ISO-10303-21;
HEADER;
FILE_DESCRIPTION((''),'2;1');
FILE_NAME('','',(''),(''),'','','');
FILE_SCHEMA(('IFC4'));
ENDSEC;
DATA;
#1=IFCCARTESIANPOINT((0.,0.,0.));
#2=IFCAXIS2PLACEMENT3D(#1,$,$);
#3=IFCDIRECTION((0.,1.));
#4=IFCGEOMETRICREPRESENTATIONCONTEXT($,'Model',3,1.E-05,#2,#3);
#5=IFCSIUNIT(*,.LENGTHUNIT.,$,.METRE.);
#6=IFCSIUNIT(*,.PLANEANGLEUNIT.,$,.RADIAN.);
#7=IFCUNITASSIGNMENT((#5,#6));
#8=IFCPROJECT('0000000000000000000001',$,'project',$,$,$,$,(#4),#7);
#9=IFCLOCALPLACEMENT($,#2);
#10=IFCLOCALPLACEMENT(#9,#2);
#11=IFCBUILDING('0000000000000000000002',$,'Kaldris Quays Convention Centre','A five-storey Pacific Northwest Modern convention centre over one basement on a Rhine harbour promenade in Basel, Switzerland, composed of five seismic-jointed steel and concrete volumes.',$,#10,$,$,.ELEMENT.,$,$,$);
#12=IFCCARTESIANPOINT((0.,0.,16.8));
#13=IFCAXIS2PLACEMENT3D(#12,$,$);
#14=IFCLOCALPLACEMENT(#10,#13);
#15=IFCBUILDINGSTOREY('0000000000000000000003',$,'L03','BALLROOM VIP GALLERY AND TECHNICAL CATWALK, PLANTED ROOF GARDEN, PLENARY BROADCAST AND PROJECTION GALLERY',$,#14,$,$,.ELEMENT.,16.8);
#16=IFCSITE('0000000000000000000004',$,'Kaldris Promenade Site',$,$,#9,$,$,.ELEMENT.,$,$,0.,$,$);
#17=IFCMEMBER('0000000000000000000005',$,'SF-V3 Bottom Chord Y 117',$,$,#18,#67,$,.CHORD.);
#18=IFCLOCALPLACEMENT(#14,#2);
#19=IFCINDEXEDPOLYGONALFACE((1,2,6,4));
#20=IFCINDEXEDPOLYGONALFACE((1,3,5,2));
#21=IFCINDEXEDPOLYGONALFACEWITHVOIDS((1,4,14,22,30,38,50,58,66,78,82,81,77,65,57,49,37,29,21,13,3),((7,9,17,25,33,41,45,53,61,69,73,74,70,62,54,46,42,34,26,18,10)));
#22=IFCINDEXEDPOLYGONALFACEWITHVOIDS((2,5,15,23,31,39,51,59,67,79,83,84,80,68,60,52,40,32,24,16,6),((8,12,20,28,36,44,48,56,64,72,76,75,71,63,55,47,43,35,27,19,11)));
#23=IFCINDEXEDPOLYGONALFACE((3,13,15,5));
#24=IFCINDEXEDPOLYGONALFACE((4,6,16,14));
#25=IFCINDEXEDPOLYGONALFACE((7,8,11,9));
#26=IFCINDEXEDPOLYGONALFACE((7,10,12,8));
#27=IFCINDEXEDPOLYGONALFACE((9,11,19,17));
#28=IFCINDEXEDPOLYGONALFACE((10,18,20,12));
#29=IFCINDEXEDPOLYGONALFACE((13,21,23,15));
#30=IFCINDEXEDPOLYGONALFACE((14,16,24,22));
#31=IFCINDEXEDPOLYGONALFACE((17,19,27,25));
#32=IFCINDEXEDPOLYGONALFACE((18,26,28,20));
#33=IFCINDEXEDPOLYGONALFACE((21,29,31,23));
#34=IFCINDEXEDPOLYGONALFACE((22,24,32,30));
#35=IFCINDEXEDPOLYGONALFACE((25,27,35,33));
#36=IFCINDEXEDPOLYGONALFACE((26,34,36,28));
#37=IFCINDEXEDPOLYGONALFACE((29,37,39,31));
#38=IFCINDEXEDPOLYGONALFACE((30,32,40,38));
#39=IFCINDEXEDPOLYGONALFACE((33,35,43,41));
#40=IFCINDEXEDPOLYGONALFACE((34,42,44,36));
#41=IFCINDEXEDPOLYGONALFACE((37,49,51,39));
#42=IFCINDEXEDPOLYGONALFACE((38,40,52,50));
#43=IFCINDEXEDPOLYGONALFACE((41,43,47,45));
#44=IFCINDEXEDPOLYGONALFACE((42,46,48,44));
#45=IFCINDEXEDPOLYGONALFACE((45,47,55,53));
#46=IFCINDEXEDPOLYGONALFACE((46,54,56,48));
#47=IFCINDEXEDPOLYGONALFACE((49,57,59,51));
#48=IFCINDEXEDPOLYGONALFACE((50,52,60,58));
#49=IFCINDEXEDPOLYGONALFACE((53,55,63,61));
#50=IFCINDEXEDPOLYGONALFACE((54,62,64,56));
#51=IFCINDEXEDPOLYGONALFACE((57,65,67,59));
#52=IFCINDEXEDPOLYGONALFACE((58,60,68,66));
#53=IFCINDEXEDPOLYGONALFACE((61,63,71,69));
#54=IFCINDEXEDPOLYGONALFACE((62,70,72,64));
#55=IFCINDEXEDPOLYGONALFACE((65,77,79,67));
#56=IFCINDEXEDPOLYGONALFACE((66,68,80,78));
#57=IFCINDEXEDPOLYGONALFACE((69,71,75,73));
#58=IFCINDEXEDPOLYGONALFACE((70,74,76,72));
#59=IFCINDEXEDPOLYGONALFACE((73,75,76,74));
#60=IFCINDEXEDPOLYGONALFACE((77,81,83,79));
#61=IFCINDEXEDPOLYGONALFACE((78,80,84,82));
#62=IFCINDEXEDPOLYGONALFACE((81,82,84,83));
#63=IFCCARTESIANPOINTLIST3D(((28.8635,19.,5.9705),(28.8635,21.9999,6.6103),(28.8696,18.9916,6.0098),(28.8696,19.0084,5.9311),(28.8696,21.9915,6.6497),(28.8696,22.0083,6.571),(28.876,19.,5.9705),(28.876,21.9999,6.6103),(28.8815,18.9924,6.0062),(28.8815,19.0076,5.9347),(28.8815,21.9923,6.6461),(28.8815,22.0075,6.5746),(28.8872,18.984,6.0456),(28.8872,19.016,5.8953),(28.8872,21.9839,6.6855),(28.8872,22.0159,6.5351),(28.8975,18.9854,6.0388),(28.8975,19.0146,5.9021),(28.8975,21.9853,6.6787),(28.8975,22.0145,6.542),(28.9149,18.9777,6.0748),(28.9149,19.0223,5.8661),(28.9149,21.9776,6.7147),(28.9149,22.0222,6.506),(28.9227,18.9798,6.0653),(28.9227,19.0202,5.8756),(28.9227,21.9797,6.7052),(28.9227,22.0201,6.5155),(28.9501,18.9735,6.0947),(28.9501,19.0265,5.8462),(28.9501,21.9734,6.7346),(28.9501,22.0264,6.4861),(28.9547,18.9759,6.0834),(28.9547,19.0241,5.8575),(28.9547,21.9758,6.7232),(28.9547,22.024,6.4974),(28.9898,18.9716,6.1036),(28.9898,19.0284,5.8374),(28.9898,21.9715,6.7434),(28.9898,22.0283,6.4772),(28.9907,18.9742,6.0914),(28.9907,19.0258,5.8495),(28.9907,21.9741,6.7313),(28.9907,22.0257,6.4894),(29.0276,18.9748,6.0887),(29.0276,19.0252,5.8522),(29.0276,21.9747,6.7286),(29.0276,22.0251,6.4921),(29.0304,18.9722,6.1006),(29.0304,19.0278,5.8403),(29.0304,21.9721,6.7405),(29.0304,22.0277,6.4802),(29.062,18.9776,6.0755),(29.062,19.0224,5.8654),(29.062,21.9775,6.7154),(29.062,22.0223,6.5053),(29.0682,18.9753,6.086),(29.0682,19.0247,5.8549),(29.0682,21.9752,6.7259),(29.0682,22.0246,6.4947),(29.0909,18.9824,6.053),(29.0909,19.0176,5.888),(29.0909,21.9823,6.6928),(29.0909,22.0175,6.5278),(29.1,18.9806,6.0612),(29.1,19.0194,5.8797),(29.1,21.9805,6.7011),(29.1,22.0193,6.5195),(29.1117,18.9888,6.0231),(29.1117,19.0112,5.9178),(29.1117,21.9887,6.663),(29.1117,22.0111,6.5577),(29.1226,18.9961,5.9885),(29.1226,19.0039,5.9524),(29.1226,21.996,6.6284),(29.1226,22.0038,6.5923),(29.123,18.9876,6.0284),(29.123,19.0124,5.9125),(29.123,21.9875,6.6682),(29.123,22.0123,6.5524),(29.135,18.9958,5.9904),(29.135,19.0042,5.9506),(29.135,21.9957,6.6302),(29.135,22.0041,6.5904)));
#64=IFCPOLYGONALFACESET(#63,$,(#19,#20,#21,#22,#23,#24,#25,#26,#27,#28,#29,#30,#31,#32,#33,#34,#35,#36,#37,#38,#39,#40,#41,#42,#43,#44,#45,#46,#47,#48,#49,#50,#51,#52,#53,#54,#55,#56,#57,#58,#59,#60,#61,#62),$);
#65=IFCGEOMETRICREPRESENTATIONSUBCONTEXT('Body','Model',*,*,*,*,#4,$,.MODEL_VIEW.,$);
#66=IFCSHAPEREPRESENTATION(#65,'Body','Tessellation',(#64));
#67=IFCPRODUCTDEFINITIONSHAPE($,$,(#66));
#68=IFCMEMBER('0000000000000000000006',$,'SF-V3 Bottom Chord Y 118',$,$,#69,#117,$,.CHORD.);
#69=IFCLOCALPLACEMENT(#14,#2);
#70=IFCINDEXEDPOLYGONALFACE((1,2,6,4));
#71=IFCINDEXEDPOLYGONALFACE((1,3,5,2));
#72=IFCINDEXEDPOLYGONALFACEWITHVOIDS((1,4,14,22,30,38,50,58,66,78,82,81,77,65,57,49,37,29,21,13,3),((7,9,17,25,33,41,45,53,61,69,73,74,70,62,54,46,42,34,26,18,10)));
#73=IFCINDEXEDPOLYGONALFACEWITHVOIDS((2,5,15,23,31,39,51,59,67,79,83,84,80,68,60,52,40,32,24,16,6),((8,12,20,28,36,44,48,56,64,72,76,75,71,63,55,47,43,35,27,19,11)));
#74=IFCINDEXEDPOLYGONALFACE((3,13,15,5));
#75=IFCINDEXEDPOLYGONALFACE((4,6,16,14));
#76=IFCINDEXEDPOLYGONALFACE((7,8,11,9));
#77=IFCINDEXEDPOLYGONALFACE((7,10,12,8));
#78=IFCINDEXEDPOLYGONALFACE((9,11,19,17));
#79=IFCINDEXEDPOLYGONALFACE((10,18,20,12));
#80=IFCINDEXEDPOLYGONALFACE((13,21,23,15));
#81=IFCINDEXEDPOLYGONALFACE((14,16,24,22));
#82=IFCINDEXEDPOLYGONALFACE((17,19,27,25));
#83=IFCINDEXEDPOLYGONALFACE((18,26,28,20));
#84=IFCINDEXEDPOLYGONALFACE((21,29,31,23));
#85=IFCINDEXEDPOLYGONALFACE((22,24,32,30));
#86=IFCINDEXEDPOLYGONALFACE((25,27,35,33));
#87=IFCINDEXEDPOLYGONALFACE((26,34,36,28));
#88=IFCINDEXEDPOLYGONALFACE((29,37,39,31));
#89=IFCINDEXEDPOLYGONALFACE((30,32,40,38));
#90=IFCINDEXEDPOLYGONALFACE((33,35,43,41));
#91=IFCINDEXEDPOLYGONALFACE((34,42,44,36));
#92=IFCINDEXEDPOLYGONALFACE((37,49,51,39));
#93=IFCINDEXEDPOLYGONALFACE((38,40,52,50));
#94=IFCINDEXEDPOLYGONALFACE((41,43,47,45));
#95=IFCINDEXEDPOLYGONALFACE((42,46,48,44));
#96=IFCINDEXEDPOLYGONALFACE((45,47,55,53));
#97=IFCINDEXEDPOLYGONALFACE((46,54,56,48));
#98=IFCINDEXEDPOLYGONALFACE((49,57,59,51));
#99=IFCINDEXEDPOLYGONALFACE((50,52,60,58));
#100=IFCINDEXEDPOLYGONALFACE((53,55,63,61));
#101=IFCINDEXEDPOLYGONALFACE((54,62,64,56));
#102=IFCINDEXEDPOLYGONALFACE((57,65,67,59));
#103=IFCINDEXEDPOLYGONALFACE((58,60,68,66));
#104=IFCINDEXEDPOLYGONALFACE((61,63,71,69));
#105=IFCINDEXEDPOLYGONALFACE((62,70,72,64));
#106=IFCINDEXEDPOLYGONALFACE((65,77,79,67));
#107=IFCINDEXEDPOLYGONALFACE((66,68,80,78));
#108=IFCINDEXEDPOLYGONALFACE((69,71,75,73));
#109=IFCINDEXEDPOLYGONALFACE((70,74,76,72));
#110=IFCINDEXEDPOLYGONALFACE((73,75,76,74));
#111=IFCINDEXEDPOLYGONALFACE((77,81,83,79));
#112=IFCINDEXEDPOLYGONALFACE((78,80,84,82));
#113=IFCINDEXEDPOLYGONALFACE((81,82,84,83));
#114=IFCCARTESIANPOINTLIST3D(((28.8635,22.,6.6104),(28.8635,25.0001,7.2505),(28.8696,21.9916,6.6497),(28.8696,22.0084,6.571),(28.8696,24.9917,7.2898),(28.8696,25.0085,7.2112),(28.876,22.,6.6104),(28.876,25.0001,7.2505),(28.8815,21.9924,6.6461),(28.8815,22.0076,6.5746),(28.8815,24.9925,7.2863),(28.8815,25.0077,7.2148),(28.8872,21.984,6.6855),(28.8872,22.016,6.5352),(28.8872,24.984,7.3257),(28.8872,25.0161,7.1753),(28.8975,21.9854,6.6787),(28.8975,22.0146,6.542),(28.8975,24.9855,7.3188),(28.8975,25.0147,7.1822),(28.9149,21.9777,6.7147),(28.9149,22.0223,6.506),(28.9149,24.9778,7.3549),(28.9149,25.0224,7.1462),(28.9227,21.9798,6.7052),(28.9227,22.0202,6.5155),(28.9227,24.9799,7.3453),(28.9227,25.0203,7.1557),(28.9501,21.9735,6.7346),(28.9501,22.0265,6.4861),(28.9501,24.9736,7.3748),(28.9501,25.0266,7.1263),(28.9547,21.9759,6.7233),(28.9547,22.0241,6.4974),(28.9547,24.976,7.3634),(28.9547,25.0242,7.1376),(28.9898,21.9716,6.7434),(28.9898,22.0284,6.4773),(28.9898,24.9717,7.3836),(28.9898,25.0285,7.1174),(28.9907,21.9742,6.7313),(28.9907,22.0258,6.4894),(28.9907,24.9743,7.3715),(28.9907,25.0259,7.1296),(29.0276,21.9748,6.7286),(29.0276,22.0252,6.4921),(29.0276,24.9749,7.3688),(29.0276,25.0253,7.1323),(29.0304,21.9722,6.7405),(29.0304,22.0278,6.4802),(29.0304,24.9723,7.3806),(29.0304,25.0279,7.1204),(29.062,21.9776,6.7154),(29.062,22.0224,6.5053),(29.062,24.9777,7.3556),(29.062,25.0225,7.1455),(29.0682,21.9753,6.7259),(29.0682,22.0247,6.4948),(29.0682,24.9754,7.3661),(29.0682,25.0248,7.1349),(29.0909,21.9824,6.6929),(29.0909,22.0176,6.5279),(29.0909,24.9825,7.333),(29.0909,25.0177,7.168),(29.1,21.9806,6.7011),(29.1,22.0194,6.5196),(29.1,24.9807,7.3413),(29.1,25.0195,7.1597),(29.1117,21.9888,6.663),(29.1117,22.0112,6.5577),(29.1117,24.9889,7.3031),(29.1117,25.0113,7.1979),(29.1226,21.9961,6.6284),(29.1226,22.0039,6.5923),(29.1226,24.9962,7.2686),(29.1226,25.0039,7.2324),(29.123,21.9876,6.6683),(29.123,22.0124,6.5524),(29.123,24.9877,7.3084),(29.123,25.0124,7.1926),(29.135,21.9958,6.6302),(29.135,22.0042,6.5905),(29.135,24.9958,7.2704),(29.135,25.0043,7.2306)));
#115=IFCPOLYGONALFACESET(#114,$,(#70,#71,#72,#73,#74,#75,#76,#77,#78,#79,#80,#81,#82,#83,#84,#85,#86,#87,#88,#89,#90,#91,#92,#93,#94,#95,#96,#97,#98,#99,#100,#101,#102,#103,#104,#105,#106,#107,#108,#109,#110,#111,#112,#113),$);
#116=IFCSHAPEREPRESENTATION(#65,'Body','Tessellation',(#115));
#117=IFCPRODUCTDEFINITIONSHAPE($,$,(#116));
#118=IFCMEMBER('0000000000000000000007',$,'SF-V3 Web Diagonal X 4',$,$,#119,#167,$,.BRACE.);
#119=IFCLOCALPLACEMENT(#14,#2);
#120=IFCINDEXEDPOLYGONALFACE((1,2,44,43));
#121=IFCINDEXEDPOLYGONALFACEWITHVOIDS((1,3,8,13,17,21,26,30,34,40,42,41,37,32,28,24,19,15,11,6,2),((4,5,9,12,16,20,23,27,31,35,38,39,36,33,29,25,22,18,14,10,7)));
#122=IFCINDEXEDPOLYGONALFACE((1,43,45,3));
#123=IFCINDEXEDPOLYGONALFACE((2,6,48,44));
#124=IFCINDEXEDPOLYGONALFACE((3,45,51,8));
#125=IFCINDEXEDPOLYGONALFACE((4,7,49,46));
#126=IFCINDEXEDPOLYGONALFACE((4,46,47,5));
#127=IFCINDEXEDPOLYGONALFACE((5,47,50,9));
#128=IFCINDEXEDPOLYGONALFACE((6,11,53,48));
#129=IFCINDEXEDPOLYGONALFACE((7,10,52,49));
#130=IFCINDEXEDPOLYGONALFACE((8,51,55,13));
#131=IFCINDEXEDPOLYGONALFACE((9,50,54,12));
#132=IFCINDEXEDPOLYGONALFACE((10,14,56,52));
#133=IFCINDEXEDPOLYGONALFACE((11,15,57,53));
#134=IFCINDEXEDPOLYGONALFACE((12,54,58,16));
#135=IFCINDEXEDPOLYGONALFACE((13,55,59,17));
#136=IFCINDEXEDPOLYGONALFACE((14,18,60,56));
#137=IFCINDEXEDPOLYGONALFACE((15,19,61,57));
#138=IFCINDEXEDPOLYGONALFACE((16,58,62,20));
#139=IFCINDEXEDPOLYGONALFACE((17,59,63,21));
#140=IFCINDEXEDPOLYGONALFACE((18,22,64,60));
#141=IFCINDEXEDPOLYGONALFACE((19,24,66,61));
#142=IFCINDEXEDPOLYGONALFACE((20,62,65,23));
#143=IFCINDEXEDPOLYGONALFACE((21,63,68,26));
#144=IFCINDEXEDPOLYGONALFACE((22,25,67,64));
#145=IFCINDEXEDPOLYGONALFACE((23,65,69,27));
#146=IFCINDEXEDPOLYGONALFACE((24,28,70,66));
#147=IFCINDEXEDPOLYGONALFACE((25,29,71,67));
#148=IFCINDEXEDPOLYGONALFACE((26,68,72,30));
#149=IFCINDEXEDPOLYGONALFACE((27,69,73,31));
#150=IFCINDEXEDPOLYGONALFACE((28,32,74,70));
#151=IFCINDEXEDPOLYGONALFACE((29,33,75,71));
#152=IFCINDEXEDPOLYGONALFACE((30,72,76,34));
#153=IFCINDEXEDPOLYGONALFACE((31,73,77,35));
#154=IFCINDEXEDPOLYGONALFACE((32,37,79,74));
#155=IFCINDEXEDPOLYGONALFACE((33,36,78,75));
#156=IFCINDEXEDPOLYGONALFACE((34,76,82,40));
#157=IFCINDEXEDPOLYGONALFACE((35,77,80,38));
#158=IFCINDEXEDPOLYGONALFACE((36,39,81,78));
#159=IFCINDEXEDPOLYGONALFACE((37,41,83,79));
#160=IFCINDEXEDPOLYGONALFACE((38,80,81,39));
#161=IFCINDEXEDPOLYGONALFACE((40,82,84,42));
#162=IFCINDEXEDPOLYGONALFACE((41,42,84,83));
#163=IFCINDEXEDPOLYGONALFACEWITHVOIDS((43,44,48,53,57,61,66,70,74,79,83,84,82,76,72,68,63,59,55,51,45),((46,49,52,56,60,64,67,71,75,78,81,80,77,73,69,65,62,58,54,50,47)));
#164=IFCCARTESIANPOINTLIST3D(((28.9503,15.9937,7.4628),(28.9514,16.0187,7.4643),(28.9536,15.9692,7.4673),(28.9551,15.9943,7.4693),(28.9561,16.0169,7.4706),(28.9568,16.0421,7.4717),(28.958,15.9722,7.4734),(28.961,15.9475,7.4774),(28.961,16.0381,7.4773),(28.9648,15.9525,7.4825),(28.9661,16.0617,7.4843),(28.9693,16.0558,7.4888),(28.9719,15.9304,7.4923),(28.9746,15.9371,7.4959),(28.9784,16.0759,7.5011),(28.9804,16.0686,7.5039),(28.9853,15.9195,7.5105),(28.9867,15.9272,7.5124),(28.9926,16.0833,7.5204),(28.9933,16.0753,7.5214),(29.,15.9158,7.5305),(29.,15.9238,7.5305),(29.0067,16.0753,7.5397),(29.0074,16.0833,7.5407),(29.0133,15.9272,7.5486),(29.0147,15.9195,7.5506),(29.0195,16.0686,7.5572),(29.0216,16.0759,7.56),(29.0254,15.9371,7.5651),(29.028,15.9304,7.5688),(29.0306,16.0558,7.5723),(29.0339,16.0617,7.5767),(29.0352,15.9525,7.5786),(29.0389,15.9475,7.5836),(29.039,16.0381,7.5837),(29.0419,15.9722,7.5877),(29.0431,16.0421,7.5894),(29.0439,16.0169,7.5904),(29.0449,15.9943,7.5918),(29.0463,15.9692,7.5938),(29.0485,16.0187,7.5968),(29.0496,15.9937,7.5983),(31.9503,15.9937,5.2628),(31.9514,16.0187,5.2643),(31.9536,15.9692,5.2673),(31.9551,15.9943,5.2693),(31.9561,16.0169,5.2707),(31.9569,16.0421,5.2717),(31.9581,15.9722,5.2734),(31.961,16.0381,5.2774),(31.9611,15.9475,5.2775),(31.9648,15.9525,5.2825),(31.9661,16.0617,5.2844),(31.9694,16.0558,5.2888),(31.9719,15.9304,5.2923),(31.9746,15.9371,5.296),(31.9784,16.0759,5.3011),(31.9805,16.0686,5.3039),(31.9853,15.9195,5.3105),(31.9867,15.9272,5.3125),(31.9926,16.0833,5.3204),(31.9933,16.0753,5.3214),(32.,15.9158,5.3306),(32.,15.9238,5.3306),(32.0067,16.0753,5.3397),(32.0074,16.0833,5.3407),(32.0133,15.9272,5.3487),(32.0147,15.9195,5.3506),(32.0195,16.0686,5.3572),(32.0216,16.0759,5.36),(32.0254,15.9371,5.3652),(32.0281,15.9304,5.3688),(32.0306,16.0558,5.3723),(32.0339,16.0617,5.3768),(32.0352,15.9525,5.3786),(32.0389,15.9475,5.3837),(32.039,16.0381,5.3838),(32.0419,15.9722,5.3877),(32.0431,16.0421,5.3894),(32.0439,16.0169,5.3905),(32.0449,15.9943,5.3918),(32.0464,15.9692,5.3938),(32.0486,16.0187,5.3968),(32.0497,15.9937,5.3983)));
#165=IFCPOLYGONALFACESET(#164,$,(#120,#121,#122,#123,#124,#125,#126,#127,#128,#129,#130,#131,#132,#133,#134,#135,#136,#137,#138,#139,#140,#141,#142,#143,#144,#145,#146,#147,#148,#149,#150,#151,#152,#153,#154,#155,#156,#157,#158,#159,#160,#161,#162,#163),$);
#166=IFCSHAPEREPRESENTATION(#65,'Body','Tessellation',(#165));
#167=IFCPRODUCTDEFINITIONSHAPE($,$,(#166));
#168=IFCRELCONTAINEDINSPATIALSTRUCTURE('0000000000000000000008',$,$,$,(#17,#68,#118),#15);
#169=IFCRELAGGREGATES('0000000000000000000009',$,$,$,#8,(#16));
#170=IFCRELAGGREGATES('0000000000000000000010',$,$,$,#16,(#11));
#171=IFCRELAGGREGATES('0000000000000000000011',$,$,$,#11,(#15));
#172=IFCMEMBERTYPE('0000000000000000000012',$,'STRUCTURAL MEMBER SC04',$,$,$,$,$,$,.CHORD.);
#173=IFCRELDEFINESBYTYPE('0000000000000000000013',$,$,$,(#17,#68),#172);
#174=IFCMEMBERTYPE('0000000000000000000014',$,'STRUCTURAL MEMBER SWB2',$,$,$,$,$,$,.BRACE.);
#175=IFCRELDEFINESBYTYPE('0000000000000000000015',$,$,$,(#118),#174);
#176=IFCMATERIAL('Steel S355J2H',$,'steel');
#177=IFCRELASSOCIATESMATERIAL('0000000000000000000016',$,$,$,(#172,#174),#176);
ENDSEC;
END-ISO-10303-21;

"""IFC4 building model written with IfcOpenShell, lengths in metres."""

from ifc_helpers import new_model, si_unit, direction, frame, origin, origin_2d, place, context, subcontext, project, spatial, hollow_circle, extrude, material, material_profile, profile_set, type_object, element, save


model = new_model("IFC4")

# Units and contexts
model_context = context("Model", 3, precision=1e-05, world=origin(), true_north=direction((0.0, 1.0)))
body_context = subcontext(model_context, "Body", "Model", "MODEL_VIEW")
ifc_project = project(units=[si_unit("LENGTHUNIT", "METRE"), si_unit("PLANEANGLEUNIT", "RADIAN")], contexts=[model_context])

# Site, building, storey
site_placement = place(None, origin())
site = spatial("IfcSite", under=ifc_project, at=site_placement, Name="Kaldris Promenade Site", CompositionType="ELEMENT", RefElevation=0.0)
building_placement = place(site_placement, origin())
building = spatial("IfcBuilding", under=site, at=building_placement, Name="Kaldris Quays Convention Centre", Description="A five-storey Pacific Northwest Modern convention centre over one basement on a Rhine harbour promenade in Basel, Switzerland, composed of five seismic-jointed steel and concrete volumes.", CompositionType="ELEMENT")
storey_placement = place(building_placement, frame((0.0, 0.0, 16.8)))
storey = spatial("IfcBuildingStorey", under=building, at=storey_placement, Name="L03", Description="BALLROOM VIP GALLERY AND TECHNICAL CATWALK, PLANTED ROOF GARDEN, PLENARY BROADCAST AND PROJECTION GALLERY", CompositionType="ELEMENT", Elevation=16.8)

# Members
ifc_material_1 = material(Name="Steel S355J2H", Category="steel")
ifc_material_profile_1 = material_profile(ifc_material_1, hollow_circle(Radius=0.1365, WallThickness=0.0125, at=origin_2d()), Name="CHS 273x12.5")
ifc_profile_set_1 = profile_set([ifc_material_profile_1], Name="Steel S355J2H")
member_type_1 = type_object("IfcMemberType", Name="STRUCTURAL MEMBER SC04", PredefinedType="CHORD", material=ifc_profile_set_1)
member_1_placement = place(storey_placement, frame((29.0, 19.0, 5.9705), z_axis=(0.0, 0.978, 0.208605), x_axis=(-1.0, 0.0, 0.0)))
element("IfcMember", 1, at=member_1_placement, inside=storey, type_object=member_type_1, Name="SF-V3 Bottom Chord Y 117", PredefinedType="CHORD", context=body_context, shape_type="SweptSolid", body=[
    extrude(hollow_circle(Radius=0.1365, WallThickness=0.0125, at=origin_2d()), origin(), (0.0, 0.0, 1.0), 3.0674),
])
member_2_placement = place(storey_placement, frame((29.0, 22.0, 6.6104), z_axis=(0.0, 0.977984, 0.208681), x_axis=(-1.0, 0.0, 0.0)))
element("IfcMember", 2, at=member_2_placement, inside=storey, type_object=member_type_1, Name="SF-V3 Bottom Chord Y 118", PredefinedType="CHORD", context=body_context, shape_type="SweptSolid", body=[
    extrude(hollow_circle(Radius=0.1365, WallThickness=0.0125, at=origin_2d()), origin(), (0.0, 0.0, 1.0), 3.0676),
])
ifc_material_profile_2 = material_profile(ifc_material_1, hollow_circle(Radius=0.0842, WallThickness=0.0081, at=origin_2d()), Name="CHS 168.3x8")
ifc_profile_set_2 = profile_set([ifc_material_profile_2], Name="Steel S355J2H")
member_type_2 = type_object("IfcMemberType", Name="STRUCTURAL MEMBER SWB2", PredefinedType="BRACE", material=ifc_profile_set_2)
member_3_placement = place(storey_placement, frame((32.0, 16.0, 5.3306), z_axis=(-0.806411, 0.0, 0.591355), x_axis=(0.0, -1.0, 0.0)))
element("IfcMember", 3, at=member_3_placement, inside=storey, type_object=member_type_2, Name="SF-V3 Web Diagonal X 4", PredefinedType="BRACE", context=body_context, shape_type="SweptSolid", body=[
    extrude(hollow_circle(Radius=0.0842, WallThickness=0.0081, at=origin_2d()), origin(), (0.0, 0.0, 1.0), 3.7202),
])

save(model, "model.ifc")
